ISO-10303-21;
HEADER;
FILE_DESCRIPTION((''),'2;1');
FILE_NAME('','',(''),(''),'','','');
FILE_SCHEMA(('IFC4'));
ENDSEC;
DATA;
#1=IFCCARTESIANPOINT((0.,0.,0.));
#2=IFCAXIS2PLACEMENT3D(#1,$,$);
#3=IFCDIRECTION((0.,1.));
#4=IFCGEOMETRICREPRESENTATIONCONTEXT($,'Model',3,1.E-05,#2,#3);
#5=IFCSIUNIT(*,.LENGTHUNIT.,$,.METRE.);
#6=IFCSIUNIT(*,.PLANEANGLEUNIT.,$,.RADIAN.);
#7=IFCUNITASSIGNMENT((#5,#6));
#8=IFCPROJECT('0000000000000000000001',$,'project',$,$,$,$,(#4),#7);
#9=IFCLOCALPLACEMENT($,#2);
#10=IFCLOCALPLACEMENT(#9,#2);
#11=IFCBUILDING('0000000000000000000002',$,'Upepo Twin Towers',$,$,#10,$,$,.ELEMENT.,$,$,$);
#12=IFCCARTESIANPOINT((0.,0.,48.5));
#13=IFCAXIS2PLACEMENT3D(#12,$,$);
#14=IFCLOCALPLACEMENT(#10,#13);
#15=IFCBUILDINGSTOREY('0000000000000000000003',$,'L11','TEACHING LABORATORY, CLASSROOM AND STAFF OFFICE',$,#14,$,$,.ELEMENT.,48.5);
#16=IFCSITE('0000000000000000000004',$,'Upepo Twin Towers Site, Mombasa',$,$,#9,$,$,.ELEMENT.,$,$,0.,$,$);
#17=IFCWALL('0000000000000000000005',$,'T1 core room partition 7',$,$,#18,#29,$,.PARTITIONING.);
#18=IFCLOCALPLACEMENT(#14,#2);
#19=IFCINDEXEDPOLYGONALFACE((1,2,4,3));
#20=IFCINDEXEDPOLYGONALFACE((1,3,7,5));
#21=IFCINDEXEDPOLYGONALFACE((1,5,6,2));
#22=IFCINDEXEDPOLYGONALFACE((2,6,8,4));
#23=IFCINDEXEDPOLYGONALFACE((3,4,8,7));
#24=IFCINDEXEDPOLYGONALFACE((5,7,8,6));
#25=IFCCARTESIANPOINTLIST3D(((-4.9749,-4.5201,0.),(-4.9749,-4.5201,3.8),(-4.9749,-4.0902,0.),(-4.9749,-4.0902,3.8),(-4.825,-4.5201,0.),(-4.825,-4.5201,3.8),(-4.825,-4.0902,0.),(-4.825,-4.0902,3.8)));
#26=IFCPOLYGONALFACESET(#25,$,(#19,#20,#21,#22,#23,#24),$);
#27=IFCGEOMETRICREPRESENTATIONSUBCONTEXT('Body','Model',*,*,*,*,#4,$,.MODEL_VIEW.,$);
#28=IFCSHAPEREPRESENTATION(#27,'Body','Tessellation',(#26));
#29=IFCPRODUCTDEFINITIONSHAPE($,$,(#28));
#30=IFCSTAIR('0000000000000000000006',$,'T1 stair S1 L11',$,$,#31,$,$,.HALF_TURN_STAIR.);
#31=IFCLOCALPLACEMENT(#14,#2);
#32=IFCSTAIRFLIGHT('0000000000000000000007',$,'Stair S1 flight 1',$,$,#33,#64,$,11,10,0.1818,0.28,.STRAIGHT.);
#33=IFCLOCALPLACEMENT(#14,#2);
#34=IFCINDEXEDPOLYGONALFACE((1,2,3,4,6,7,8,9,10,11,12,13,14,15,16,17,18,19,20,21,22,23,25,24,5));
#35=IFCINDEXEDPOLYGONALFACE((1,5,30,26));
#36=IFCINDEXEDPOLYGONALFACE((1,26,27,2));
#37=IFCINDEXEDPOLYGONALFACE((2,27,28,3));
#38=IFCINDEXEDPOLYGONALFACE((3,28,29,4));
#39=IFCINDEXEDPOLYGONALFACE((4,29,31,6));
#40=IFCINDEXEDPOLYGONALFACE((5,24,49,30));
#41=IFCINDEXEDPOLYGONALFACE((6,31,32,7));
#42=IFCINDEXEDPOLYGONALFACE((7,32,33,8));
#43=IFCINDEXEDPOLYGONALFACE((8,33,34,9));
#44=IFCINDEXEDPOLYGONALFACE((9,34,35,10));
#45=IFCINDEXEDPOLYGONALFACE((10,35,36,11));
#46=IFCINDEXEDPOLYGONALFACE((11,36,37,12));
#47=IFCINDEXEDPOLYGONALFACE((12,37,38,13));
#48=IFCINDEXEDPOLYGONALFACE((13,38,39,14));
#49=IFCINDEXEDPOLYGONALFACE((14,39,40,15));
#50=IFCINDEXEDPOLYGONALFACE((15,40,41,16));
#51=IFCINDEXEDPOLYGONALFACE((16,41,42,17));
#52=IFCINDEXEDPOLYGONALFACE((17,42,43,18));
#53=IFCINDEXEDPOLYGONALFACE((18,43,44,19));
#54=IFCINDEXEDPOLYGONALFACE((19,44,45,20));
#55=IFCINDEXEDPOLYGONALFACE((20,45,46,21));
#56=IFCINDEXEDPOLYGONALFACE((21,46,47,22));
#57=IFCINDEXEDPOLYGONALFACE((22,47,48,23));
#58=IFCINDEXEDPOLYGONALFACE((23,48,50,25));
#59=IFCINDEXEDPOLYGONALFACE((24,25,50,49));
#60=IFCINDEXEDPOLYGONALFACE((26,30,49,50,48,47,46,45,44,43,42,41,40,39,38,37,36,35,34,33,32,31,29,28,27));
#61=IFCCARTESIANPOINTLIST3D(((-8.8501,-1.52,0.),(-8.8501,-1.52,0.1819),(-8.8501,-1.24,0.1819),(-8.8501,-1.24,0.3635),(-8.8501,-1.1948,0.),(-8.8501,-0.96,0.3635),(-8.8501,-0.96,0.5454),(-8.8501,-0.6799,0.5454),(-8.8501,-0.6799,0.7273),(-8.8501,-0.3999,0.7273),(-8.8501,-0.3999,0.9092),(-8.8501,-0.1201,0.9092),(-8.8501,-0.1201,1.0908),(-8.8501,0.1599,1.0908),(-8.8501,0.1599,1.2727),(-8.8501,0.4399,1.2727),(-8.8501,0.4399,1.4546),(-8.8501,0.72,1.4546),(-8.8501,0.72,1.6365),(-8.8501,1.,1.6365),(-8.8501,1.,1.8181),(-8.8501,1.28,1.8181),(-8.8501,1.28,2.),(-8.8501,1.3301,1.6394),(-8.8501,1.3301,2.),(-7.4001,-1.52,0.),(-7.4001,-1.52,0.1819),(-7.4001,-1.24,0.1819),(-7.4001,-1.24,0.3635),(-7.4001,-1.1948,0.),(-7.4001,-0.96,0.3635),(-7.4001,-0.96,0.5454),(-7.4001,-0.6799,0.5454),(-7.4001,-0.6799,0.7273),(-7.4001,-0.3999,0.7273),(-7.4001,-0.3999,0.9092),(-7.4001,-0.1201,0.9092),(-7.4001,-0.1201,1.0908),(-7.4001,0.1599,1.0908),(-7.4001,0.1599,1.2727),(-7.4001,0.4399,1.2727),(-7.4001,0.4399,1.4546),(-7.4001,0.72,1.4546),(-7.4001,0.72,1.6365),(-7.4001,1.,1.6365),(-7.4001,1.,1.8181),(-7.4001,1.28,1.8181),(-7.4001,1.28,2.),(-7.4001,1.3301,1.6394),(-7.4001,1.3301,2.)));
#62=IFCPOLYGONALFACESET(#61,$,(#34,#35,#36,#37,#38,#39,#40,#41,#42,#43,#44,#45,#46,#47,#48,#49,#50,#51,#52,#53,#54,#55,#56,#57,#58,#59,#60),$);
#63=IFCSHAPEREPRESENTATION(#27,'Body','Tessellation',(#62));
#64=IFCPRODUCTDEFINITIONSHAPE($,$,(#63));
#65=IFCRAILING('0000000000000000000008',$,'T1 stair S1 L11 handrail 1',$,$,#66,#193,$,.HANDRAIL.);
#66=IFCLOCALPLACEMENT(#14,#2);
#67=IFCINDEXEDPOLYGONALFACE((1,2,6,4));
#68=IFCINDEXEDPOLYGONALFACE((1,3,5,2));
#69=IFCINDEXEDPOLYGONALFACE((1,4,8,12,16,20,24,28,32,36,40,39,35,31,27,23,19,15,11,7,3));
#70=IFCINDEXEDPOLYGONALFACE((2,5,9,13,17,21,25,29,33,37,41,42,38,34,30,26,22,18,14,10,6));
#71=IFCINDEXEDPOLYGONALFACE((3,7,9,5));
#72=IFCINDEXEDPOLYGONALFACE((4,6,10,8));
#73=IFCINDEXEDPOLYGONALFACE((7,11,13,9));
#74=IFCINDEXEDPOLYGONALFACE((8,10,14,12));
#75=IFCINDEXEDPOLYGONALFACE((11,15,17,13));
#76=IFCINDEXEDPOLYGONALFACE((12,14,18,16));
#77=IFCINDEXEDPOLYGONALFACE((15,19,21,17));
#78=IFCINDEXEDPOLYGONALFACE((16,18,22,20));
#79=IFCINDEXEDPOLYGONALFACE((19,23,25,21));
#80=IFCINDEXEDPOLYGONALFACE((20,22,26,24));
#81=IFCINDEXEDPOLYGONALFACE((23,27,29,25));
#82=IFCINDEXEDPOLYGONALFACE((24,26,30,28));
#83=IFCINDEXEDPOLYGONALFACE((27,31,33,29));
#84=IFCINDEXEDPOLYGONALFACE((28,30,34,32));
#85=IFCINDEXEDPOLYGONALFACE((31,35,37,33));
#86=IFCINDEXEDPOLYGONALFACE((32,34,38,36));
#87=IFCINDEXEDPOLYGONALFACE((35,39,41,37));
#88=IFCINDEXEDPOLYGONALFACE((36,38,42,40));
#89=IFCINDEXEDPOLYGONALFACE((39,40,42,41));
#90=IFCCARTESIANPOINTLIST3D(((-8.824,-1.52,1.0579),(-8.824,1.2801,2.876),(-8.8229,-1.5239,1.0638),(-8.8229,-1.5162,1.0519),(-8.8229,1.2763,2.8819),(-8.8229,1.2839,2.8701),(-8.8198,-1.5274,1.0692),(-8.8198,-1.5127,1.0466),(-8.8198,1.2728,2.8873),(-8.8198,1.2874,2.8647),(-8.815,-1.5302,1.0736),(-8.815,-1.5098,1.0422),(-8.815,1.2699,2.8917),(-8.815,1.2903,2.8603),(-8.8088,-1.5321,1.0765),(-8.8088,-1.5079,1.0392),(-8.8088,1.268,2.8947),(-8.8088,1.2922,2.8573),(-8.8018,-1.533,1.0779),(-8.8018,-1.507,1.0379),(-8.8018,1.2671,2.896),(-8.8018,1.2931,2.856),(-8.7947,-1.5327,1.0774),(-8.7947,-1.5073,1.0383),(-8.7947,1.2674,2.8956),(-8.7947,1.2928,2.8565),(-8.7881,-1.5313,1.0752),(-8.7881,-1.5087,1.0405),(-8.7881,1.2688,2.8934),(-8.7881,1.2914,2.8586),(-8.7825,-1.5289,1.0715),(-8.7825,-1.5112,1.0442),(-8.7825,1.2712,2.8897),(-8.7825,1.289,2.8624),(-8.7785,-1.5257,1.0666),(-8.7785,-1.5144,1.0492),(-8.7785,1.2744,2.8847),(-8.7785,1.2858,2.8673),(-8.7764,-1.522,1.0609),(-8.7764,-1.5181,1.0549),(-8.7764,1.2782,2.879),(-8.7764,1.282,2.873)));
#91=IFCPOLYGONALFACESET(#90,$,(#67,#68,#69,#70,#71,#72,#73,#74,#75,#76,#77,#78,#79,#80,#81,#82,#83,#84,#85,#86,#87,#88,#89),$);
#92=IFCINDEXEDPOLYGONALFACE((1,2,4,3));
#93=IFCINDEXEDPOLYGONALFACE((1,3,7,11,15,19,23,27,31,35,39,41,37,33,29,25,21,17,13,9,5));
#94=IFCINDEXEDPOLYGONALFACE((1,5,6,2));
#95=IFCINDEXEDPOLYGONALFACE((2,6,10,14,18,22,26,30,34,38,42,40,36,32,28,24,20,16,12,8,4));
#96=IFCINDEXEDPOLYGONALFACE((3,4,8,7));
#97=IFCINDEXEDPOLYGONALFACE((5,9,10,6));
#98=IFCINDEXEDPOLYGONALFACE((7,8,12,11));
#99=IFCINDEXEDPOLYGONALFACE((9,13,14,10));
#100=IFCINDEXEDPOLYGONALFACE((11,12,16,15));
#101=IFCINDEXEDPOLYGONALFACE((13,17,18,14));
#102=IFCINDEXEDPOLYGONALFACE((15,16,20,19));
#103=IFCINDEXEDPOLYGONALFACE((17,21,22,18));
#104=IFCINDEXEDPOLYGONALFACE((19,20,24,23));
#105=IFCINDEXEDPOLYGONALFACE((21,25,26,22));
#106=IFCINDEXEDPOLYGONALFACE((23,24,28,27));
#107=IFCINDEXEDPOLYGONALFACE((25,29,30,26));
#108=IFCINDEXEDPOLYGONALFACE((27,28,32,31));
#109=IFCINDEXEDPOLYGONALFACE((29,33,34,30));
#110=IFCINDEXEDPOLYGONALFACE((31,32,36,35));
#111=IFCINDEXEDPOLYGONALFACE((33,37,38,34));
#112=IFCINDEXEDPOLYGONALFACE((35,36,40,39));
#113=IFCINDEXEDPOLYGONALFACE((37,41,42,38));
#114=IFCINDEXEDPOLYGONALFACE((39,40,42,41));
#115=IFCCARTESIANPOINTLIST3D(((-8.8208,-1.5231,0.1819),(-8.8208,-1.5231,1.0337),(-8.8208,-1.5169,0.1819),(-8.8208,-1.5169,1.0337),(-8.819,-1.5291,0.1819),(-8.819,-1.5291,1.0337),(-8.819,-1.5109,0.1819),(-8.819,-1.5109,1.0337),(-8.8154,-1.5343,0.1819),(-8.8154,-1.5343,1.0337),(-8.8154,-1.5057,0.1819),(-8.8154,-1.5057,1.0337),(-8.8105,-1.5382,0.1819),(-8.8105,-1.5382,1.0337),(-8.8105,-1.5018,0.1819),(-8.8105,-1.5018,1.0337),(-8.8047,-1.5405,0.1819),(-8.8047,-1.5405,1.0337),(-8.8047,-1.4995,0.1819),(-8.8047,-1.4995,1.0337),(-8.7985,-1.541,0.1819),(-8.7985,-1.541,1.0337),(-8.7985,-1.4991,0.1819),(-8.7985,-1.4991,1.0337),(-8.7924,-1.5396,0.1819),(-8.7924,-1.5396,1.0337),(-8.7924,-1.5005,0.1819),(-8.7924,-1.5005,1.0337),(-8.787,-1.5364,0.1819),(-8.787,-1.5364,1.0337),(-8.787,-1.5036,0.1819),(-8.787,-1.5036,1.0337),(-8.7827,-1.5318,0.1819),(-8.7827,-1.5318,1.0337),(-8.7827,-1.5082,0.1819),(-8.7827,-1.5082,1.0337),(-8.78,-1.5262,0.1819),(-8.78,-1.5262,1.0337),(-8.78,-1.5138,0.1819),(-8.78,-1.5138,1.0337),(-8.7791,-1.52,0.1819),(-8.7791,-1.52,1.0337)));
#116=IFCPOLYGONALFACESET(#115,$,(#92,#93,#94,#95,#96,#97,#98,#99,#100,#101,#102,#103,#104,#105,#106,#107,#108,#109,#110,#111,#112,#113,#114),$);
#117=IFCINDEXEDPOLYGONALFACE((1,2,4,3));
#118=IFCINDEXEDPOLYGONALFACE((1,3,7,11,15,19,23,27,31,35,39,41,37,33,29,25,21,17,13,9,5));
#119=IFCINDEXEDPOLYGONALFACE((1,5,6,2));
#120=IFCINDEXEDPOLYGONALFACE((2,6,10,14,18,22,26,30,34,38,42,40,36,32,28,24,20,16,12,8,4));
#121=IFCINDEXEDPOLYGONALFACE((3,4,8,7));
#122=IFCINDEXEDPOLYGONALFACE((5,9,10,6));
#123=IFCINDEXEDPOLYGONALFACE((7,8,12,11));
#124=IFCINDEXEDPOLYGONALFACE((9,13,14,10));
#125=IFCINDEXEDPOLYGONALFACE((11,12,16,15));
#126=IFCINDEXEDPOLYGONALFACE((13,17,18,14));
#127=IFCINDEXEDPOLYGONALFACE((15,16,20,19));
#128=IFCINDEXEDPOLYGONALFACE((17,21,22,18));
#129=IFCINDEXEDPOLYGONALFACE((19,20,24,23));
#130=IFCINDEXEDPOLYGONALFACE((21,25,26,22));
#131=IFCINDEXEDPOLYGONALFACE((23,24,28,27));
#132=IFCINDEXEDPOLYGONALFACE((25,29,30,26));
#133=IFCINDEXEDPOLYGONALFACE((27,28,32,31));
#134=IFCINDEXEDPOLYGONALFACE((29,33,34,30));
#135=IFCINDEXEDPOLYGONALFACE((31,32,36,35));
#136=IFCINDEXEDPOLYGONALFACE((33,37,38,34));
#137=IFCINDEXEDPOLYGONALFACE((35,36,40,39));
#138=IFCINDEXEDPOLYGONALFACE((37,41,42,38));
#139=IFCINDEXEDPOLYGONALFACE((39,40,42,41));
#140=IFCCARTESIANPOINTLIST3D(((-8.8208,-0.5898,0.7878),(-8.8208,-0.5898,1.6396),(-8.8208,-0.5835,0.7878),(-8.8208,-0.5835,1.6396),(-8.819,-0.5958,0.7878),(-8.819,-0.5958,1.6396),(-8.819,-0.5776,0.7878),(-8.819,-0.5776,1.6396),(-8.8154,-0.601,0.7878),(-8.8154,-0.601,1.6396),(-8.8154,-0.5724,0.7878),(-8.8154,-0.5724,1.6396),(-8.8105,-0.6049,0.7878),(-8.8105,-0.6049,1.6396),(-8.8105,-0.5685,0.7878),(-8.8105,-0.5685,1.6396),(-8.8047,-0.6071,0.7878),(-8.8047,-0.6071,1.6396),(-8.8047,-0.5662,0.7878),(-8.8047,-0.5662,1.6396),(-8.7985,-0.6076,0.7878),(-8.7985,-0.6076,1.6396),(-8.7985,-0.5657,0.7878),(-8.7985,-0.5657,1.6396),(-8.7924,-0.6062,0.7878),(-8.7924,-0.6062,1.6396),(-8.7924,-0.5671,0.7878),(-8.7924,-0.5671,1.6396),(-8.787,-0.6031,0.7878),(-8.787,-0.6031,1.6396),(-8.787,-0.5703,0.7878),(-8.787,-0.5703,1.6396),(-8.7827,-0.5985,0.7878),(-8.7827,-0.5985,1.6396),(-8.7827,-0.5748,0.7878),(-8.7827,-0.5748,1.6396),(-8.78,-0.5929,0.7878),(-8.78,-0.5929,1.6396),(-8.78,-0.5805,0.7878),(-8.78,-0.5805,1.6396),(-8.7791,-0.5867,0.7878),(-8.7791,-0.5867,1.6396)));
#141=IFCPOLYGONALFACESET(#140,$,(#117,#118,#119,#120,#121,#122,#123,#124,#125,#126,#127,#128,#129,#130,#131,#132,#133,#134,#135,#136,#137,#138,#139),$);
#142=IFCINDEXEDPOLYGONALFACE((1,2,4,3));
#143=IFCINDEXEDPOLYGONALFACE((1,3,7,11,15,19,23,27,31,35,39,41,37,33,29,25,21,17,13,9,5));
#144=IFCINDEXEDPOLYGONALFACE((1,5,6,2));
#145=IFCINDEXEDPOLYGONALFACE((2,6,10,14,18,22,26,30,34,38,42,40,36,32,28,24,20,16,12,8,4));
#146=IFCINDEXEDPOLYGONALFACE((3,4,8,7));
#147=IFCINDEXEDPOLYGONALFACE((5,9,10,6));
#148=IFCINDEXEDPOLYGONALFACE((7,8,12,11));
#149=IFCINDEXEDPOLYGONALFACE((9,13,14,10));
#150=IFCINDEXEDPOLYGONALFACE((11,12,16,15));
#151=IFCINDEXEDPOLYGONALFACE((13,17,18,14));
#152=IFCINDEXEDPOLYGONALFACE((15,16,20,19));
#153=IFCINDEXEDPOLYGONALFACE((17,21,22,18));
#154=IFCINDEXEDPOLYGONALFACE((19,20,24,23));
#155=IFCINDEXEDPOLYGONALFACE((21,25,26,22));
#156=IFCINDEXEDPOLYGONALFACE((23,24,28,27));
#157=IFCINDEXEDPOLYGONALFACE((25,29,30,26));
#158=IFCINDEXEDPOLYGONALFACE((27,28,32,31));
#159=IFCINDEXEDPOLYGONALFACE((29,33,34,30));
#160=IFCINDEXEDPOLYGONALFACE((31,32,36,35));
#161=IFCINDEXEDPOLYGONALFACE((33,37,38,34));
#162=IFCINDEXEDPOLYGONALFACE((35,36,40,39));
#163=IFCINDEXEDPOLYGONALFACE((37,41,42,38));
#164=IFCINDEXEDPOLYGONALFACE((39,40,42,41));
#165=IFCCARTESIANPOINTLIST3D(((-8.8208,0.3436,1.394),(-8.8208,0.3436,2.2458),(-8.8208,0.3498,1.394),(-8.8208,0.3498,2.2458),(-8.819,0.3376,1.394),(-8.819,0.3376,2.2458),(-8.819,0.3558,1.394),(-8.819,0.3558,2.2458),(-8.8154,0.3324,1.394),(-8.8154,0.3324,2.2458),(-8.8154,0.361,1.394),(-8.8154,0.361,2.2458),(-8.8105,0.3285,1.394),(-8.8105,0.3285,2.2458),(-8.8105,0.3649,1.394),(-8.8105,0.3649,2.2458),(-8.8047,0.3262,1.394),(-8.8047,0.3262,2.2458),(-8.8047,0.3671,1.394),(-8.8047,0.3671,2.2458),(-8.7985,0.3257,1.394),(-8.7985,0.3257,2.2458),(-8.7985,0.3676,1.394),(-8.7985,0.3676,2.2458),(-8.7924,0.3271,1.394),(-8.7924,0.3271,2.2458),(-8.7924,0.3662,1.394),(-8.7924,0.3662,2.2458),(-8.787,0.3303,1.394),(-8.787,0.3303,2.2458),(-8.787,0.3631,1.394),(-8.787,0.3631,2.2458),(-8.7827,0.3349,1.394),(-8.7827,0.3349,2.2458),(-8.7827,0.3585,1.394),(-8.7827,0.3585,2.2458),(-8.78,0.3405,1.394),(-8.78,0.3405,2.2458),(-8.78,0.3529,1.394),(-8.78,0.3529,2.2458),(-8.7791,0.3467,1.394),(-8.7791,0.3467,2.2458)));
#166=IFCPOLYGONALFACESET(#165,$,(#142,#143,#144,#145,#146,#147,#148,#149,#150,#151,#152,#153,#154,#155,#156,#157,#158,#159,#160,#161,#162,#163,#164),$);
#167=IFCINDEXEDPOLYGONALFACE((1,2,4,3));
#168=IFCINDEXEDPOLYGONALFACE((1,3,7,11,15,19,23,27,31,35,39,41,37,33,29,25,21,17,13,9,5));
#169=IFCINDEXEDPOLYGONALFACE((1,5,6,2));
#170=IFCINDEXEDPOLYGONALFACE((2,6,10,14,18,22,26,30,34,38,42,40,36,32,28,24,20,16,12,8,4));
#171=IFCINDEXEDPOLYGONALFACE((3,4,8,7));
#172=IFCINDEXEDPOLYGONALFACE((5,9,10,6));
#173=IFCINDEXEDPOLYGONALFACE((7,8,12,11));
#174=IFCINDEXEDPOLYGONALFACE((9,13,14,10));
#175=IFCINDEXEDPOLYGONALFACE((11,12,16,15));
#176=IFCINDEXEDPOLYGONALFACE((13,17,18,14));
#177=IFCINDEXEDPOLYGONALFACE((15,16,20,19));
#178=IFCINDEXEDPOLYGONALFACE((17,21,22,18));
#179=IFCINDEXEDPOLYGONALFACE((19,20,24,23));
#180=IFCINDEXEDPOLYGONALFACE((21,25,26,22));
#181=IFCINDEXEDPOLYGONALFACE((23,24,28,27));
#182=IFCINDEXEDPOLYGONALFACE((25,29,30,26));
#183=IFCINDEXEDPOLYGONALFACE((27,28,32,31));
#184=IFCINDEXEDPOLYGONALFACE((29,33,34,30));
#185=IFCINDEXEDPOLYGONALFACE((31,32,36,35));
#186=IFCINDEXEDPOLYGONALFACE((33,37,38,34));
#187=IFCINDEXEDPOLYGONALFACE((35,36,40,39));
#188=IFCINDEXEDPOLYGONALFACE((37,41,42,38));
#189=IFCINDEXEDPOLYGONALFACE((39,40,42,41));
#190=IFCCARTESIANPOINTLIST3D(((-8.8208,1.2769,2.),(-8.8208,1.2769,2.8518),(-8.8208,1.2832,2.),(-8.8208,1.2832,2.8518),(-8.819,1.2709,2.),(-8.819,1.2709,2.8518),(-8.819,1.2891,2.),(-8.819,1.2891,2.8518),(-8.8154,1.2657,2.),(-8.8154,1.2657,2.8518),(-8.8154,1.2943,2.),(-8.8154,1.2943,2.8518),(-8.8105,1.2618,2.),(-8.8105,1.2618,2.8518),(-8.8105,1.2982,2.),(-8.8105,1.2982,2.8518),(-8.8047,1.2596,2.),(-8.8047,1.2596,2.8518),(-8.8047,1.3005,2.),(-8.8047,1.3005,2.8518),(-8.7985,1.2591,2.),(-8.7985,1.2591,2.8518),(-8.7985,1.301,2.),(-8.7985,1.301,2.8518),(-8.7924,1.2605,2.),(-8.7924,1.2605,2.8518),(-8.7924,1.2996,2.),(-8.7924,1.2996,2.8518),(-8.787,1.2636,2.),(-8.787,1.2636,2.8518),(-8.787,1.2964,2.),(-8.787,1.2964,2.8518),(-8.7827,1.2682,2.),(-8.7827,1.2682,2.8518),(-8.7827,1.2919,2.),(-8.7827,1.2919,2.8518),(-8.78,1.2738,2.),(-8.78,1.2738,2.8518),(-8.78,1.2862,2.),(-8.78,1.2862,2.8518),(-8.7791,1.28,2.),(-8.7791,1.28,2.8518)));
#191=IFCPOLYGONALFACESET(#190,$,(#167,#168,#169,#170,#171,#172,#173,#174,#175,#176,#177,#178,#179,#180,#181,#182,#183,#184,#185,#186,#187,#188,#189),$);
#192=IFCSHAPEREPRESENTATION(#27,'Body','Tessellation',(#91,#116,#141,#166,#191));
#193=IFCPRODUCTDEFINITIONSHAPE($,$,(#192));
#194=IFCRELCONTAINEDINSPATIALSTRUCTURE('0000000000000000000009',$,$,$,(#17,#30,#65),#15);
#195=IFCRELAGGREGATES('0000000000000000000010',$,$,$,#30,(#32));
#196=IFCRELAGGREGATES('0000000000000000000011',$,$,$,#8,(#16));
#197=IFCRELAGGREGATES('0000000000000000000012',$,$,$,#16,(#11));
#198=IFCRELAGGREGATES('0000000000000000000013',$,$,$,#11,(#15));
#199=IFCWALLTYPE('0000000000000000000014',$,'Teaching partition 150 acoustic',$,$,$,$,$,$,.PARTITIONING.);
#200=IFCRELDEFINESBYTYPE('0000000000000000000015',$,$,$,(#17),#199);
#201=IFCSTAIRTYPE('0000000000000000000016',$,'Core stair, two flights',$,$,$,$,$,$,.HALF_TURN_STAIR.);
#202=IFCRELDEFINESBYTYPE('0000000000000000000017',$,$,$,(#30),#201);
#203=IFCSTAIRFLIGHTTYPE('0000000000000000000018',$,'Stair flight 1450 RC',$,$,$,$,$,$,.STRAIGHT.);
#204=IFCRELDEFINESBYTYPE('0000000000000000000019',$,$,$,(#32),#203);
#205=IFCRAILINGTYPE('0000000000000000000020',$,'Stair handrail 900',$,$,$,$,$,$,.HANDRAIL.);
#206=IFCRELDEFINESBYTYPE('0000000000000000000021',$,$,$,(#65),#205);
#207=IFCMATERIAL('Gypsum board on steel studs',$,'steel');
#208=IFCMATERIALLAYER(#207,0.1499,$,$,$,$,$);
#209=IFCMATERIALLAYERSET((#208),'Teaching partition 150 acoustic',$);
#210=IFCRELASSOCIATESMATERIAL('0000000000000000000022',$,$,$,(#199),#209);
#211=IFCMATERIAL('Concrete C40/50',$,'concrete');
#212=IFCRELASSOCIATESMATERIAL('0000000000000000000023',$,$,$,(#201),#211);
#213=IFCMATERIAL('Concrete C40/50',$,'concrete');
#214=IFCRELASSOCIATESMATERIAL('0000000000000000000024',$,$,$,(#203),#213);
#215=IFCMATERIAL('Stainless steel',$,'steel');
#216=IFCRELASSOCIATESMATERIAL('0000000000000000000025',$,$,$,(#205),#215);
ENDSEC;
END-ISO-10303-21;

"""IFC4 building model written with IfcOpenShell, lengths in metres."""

from ifc_helpers import new_model, si_unit, direction, frame, frame_2d, origin, origin_2d, place, context, subcontext, project, spatial, polyline, rectangle, circle, outline, extrude, material, layer, layer_set, type_object, element, aggregate, save


model = new_model("IFC4")

# Units and contexts
model_context = context("Model", 3, precision=1e-05, world=origin(), true_north=direction((0.0, 1.0)))
body_context = subcontext(model_context, "Body", "Model", "MODEL_VIEW")
ifc_project = project(units=[si_unit("LENGTHUNIT", "METRE"), si_unit("PLANEANGLEUNIT", "RADIAN")], contexts=[model_context])

# Site, building, storey
site_placement = place(None, origin())
site = spatial("IfcSite", under=ifc_project, at=site_placement, Name="Upepo Twin Towers Site, Mombasa", CompositionType="ELEMENT", RefElevation=0.0)
building_placement = place(site_placement, origin())
building = spatial("IfcBuilding", under=site, at=building_placement, Name="Upepo Twin Towers", CompositionType="ELEMENT")
storey_placement = place(building_placement, frame((0.0, 0.0, 48.5)))
storey = spatial("IfcBuildingStorey", under=building, at=storey_placement, Name="L11", Description="TEACHING LABORATORY, CLASSROOM AND STAFF OFFICE", CompositionType="ELEMENT", Elevation=48.5)

# Shared definitions
ifc_material_1 = material(Name="Gypsum board on steel studs", Category="steel")
ifc_layer_1 = layer(ifc_material_1, 0.1499)
ifc_layer_set_1 = layer_set([ifc_layer_1], Name="Teaching partition 150 acoustic")
wall_type_1 = type_object("IfcWallType", Name="Teaching partition 150 acoustic", PredefinedType="PARTITIONING", material=ifc_layer_set_1)

# Wall
wall_1_placement = place(storey_placement, frame((-4.8999, -4.52, 0.0), z_axis=(0.0, 0.0, 1.0), x_axis=(0.0, 1.0, 0.0)))
element("IfcWall", 1, at=wall_1_placement, inside=storey, type_object=wall_type_1, Name="T1 core room partition 7", PredefinedType="PARTITIONING", context=body_context, shape_type="SweptSolid", body=[
    extrude(rectangle(XDim=0.4299, YDim=0.1499, at=frame_2d((0.2148, 0.0))), origin(), (0.0, 0.0, 1.0), 3.8),
])

# Stair, stair flight
ifc_material_2 = material(Name="Concrete C40/50", Category="concrete")
stair_type = type_object("IfcStairType", Name="Core stair, two flights", PredefinedType="HALF_TURN_STAIR", material=ifc_material_2)
stair_placement = place(storey_placement, origin())
stair = element("IfcStair", 2, at=stair_placement, inside=storey, type_object=stair_type, Name="T1 stair S1 L11", PredefinedType="HALF_TURN_STAIR")
ifc_material_3 = material(Name="Concrete C40/50", Category="concrete")
stair_flight_type = type_object("IfcStairFlightType", Name="Stair flight 1450 RC", PredefinedType="STRAIGHT", material=ifc_material_3)
stair_flight_placement = place(storey_placement, frame((-8.125, -1.52, 0.0), z_axis=(0.0, 0.0, 1.0), x_axis=(0.0, 1.0, 0.0)))
stair_flight = element("IfcStairFlight", 3, at=stair_flight_placement, type_object=stair_flight_type, Name="Stair S1 flight 1", NumberOfRisers=11, NumberOfTreads=10, PredefinedType="STRAIGHT", RiserHeight=0.1818, TreadLength=0.28, context=body_context, shape_type="SweptSolid", body=[
    extrude(outline(polyline([(0.0, 0.0), (0.0, 0.1819), (0.28, 0.1819), (0.28, 0.3635), (0.5601, 0.3635), (0.5601, 0.5454), (0.8401, 0.5454), (0.8401, 0.7273), (1.1201, 0.7273), (1.1201, 0.9092), (1.3999, 0.9092), (1.3999, 1.0908), (1.6799, 1.0908), (1.6799, 1.2727), (1.96, 1.2727), (1.96, 1.4546), (2.24, 1.4546), (2.24, 1.6365), (2.52, 1.6365), (2.52, 1.8181), (2.8, 1.8181), (2.8, 2.0), (2.8501, 2.0), (2.8501, 1.6394), (0.3252, 0.0), (0.0, 0.0)])), frame((0.0, 0.7251, 0.0), z_axis=(0.0, -1.0, 0.0), x_axis=(1.0, 0.0, 0.0)), (0.0, 0.0, 1.0), 1.45),
])
aggregate(stair, [stair_flight])

# Railing
ifc_material_4 = material(Name="Stainless steel", Category="steel")
railing_type = type_object("IfcRailingType", Name="Stair handrail 900", PredefinedType="HANDRAIL", material=ifc_material_4)
railing_placement = place(storey_placement, frame((-8.8, -1.52, 0.1819)))
element("IfcRailing", 4, at=railing_placement, inside=storey, type_object=railing_type, Name="T1 stair S1 L11 handrail 1", PredefinedType="HANDRAIL", context=body_context, shape_type="SweptSolid", body=[
    extrude(circle(Radius=0.0239, at=origin_2d()), frame((0.0, 0.0, 0.876), z_axis=(0.0, 0.838706, 0.544585), x_axis=(-1.0, 0.0, 0.0)), (0.0, 0.0, 1.0), 3.3386),
    extrude(circle(Radius=0.021, at=origin_2d()), origin(), (0.0, 0.0, 1.0), 0.8518),
    extrude(circle(Radius=0.021, at=origin_2d()), frame((0.0, 0.9333, 0.606)), (0.0, 0.0, 1.0), 0.8518),
    extrude(circle(Radius=0.021, at=origin_2d()), frame((0.0, 1.8667, 1.2122)), (0.0, 0.0, 1.0), 0.8518),
    extrude(circle(Radius=0.021, at=origin_2d()), frame((0.0, 2.8, 1.8181)), (0.0, 0.0, 1.0), 0.8518),
])

save(model, "model.ifc")
